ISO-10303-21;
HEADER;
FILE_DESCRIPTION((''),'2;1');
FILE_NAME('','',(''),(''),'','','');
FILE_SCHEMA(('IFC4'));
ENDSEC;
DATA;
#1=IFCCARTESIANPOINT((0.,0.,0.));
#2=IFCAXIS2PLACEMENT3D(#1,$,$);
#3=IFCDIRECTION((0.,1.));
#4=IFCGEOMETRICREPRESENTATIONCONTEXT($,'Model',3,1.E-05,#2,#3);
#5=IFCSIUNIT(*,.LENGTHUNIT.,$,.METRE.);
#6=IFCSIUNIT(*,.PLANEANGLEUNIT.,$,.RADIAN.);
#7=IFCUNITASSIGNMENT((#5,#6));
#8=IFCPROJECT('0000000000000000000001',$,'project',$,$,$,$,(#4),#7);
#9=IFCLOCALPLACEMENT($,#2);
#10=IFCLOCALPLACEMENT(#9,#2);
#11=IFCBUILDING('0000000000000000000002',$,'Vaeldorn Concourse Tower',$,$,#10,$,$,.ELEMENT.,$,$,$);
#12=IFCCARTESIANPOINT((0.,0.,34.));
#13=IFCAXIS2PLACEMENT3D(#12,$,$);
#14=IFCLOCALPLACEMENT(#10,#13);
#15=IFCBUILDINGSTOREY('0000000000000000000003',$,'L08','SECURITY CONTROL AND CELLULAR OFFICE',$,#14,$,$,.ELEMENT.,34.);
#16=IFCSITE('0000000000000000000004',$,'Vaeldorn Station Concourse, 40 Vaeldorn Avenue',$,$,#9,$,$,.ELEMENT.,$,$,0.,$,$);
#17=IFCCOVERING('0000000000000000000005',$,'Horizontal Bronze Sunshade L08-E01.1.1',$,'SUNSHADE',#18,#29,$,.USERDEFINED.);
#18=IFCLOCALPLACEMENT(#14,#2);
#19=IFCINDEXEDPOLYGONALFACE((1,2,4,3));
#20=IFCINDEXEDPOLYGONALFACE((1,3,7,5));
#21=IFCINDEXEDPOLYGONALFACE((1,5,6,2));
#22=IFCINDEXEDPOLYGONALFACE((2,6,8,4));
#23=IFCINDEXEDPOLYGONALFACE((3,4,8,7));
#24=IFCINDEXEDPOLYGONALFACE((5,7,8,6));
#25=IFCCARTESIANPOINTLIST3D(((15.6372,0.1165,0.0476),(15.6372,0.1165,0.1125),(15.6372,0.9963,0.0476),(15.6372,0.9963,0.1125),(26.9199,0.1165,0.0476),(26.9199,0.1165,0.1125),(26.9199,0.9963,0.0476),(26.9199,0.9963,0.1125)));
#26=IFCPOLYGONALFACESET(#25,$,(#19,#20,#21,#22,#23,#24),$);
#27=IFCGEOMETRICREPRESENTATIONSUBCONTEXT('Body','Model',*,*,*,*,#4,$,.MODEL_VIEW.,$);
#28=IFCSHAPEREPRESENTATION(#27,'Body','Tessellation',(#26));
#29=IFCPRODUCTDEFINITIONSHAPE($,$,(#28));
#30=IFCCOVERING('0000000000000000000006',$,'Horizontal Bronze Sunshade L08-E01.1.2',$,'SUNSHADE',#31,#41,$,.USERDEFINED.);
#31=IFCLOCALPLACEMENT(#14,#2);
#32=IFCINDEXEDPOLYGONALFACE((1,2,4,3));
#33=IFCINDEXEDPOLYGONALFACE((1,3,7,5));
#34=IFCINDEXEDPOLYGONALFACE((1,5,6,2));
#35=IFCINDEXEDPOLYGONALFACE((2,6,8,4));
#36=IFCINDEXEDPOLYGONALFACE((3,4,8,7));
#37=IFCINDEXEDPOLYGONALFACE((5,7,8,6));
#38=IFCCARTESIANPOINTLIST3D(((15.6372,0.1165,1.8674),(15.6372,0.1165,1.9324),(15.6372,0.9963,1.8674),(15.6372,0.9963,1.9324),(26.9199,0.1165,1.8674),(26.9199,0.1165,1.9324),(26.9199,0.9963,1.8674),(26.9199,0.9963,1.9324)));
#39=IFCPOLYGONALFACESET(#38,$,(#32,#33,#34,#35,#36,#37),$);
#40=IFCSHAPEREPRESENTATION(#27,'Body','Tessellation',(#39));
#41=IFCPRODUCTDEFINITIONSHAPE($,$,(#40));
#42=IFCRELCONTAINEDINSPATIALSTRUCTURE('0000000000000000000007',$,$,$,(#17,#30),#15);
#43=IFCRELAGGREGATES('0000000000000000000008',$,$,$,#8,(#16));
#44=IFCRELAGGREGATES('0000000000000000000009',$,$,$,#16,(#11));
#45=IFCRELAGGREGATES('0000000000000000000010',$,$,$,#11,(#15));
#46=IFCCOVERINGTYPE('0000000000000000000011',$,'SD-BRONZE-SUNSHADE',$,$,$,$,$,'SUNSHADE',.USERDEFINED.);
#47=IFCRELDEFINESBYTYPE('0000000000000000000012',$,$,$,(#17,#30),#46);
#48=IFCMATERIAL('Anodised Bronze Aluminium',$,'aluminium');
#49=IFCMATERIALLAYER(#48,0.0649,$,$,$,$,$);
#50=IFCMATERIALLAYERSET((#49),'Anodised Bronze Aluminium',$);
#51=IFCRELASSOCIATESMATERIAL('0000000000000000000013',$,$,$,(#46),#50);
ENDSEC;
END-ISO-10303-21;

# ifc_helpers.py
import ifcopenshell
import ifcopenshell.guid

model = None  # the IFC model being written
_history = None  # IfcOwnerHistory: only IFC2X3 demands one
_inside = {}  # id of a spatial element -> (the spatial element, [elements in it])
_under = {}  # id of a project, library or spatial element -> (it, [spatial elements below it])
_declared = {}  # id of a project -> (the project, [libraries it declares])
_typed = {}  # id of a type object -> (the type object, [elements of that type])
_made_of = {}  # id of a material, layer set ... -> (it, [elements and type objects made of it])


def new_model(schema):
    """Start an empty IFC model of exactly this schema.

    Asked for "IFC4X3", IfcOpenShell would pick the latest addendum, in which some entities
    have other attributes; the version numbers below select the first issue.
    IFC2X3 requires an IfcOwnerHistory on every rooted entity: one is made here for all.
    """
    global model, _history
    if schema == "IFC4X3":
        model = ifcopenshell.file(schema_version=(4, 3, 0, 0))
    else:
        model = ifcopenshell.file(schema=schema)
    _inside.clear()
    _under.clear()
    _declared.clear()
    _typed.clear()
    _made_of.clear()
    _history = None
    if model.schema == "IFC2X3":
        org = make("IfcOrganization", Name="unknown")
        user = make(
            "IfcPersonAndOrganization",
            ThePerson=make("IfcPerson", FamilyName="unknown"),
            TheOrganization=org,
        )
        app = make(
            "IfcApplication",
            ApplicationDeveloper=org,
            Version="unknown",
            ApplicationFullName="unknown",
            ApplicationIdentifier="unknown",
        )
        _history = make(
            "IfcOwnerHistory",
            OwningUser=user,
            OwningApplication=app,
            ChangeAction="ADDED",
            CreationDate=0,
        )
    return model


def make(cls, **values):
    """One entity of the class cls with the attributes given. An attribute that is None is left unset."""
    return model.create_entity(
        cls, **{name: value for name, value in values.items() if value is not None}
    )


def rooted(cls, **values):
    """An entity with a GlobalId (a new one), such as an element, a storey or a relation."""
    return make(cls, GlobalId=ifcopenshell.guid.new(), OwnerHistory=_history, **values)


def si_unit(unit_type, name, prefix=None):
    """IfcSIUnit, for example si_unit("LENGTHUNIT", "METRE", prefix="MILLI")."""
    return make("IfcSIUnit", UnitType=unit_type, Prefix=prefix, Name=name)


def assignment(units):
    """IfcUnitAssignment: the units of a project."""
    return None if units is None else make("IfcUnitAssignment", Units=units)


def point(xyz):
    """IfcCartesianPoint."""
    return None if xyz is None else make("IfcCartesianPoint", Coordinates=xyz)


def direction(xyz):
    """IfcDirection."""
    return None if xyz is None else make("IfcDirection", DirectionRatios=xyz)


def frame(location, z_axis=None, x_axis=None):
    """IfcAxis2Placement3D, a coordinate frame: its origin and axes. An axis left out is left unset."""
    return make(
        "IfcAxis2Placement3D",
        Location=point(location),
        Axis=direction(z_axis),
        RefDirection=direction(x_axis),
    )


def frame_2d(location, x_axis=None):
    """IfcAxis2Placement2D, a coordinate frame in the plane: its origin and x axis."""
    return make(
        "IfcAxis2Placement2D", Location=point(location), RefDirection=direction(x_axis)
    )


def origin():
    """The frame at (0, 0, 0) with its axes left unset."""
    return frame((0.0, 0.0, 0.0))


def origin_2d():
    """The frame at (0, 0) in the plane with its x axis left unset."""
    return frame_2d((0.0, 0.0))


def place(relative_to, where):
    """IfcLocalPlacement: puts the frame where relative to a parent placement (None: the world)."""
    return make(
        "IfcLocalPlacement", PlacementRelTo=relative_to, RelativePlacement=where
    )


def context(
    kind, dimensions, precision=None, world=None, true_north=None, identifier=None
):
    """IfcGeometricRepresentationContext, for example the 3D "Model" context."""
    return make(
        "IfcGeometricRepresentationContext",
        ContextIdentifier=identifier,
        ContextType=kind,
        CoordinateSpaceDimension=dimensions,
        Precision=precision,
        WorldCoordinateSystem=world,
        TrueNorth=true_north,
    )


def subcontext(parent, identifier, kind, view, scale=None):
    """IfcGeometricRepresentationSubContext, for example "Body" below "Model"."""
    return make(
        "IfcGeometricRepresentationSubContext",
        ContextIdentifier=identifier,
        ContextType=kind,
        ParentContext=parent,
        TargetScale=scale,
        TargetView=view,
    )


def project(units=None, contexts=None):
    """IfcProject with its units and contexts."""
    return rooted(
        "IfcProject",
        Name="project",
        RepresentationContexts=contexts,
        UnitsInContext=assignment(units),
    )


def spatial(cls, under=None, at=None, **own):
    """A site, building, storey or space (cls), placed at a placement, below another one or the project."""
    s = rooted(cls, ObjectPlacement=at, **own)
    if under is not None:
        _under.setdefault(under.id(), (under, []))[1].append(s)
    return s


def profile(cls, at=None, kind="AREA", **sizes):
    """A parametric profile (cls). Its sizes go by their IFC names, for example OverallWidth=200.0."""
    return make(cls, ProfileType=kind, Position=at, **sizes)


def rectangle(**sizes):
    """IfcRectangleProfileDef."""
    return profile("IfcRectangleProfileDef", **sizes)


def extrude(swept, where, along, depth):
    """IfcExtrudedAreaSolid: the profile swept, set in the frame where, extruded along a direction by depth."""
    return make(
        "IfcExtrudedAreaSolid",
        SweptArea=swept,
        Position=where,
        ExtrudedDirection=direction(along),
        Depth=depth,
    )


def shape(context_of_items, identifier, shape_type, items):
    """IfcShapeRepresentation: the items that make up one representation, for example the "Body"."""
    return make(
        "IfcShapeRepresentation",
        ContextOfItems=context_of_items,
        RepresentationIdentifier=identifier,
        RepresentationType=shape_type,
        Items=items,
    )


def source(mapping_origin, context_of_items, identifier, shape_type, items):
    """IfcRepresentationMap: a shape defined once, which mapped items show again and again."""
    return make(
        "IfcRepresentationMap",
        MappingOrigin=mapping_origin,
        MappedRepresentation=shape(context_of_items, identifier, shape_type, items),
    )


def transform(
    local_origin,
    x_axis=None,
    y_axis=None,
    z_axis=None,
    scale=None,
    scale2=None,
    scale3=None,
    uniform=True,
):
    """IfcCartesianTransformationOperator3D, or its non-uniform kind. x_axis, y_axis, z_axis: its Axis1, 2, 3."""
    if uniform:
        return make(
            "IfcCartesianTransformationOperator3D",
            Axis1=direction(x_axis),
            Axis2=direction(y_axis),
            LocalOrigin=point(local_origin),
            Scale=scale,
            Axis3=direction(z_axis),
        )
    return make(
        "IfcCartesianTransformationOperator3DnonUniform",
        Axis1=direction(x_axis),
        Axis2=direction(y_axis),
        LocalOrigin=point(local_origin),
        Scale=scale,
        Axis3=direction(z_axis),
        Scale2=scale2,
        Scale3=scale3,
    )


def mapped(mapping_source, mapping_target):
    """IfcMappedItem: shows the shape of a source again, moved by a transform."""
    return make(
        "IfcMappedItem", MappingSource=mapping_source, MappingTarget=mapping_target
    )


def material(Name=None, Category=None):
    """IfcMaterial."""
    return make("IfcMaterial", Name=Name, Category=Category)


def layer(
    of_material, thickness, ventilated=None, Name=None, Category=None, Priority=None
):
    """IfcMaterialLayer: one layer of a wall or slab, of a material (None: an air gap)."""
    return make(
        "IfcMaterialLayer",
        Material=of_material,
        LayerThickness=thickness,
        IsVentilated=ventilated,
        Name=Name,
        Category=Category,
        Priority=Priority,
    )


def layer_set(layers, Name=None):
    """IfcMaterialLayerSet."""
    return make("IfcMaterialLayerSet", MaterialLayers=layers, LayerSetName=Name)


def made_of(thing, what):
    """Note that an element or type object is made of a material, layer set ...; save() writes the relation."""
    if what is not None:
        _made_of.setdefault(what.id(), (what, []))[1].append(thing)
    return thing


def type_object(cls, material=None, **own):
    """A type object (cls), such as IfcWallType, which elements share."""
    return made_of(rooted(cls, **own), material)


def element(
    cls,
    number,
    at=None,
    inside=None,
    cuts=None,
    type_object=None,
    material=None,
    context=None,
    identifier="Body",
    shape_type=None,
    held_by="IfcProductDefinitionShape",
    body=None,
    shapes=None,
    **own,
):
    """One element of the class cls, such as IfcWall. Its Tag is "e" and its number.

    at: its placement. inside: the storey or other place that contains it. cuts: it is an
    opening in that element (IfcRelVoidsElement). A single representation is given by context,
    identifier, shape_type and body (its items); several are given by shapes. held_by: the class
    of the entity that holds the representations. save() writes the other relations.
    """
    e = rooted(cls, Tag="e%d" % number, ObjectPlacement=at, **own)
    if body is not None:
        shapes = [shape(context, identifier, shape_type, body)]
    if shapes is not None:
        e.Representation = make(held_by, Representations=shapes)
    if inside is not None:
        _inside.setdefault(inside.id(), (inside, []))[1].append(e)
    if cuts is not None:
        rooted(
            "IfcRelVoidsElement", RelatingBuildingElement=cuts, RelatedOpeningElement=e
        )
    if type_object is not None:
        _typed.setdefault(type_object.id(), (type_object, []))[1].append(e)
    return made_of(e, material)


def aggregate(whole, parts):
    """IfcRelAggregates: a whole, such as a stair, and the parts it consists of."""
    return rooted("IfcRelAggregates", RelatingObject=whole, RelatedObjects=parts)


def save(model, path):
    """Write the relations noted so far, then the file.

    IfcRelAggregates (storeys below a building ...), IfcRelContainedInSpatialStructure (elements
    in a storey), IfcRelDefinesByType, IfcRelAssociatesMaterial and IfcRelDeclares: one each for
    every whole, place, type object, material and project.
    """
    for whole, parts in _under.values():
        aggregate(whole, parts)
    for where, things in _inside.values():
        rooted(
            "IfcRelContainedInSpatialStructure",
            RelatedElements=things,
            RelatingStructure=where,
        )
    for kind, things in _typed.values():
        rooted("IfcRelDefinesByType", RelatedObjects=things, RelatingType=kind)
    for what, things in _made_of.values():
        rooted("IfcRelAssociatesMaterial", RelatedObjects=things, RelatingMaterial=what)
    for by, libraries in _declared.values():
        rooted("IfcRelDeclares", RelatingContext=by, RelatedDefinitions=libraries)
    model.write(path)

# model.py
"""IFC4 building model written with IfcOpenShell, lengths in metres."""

from ifc_helpers import new_model, si_unit, direction, frame, origin, origin_2d, place, context, subcontext, project, spatial, rectangle, extrude, source, transform, mapped, material, layer, layer_set, type_object, element, save


model = new_model("IFC4")

# Units and contexts
model_context = context("Model", 3, precision=1e-05, world=origin(), true_north=direction((0.0, 1.0)))
body_context = subcontext(model_context, "Body", "Model", "MODEL_VIEW")
ifc_project = project(units=[si_unit("LENGTHUNIT", "METRE"), si_unit("PLANEANGLEUNIT", "RADIAN")], contexts=[model_context])

# Site, building, storey
site_placement = place(None, origin())
site = spatial("IfcSite", under=ifc_project, at=site_placement, Name="Vaeldorn Station Concourse, 40 Vaeldorn Avenue", CompositionType="ELEMENT", RefElevation=0.0)
building_placement = place(site_placement, origin())
building = spatial("IfcBuilding", under=site, at=building_placement, Name="Vaeldorn Concourse Tower", CompositionType="ELEMENT")
storey_placement = place(building_placement, frame((0.0, 0.0, 34.0)))
storey = spatial("IfcBuildingStorey", under=building, at=storey_placement, Name="L08", Description="SECURITY CONTROL AND CELLULAR OFFICE", CompositionType="ELEMENT", Elevation=34.0)

# Shared definitions
ifc_material_1 = material(Name="Anodised Bronze Aluminium", Category="aluminium")

# Coverings
ifc_layer_1 = layer(ifc_material_1, 0.0649)
ifc_layer_set_1 = layer_set([ifc_layer_1], Name="Anodised Bronze Aluminium")
covering_type = type_object("IfcCoveringType", Name="SD-BRONZE-SUNSHADE", ElementType="SUNSHADE", PredefinedType="USERDEFINED", material=ifc_layer_set_1)
shared_shape_1 = source(origin(), body_context, "Body", "SweptSolid", [
    extrude(rectangle(XDim=11.2827, YDim=0.8799, at=origin_2d()), origin(), (0.0, 0.0, 1.0), 0.0649),
])
for number, where, z_axis, x_axis, name in (
    (1, (21.2786, 0.5564, 0.0476), (0.0, 0.0, 1.0), (1.0, 0.0, 0.0), "Horizontal Bronze Sunshade L08-E01.1.1"),
    (2, (21.2786, 0.5564, 1.8674), (0.0, 0.0, 1.0), (1.0, 0.0, 0.0), "Horizontal Bronze Sunshade L08-E01.1.2"),
):
    element("IfcCovering", number, at=place(storey_placement, frame(where, z_axis=z_axis, x_axis=x_axis)), inside=storey, type_object=covering_type, Name=name, ObjectType="SUNSHADE", PredefinedType="USERDEFINED", context=body_context, shape_type="MappedRepresentation", body=[
        mapped(shared_shape_1, transform((0.0, 0.0, 0.0), scale=1.0)),
    ])

save(model, "model.ifc")
